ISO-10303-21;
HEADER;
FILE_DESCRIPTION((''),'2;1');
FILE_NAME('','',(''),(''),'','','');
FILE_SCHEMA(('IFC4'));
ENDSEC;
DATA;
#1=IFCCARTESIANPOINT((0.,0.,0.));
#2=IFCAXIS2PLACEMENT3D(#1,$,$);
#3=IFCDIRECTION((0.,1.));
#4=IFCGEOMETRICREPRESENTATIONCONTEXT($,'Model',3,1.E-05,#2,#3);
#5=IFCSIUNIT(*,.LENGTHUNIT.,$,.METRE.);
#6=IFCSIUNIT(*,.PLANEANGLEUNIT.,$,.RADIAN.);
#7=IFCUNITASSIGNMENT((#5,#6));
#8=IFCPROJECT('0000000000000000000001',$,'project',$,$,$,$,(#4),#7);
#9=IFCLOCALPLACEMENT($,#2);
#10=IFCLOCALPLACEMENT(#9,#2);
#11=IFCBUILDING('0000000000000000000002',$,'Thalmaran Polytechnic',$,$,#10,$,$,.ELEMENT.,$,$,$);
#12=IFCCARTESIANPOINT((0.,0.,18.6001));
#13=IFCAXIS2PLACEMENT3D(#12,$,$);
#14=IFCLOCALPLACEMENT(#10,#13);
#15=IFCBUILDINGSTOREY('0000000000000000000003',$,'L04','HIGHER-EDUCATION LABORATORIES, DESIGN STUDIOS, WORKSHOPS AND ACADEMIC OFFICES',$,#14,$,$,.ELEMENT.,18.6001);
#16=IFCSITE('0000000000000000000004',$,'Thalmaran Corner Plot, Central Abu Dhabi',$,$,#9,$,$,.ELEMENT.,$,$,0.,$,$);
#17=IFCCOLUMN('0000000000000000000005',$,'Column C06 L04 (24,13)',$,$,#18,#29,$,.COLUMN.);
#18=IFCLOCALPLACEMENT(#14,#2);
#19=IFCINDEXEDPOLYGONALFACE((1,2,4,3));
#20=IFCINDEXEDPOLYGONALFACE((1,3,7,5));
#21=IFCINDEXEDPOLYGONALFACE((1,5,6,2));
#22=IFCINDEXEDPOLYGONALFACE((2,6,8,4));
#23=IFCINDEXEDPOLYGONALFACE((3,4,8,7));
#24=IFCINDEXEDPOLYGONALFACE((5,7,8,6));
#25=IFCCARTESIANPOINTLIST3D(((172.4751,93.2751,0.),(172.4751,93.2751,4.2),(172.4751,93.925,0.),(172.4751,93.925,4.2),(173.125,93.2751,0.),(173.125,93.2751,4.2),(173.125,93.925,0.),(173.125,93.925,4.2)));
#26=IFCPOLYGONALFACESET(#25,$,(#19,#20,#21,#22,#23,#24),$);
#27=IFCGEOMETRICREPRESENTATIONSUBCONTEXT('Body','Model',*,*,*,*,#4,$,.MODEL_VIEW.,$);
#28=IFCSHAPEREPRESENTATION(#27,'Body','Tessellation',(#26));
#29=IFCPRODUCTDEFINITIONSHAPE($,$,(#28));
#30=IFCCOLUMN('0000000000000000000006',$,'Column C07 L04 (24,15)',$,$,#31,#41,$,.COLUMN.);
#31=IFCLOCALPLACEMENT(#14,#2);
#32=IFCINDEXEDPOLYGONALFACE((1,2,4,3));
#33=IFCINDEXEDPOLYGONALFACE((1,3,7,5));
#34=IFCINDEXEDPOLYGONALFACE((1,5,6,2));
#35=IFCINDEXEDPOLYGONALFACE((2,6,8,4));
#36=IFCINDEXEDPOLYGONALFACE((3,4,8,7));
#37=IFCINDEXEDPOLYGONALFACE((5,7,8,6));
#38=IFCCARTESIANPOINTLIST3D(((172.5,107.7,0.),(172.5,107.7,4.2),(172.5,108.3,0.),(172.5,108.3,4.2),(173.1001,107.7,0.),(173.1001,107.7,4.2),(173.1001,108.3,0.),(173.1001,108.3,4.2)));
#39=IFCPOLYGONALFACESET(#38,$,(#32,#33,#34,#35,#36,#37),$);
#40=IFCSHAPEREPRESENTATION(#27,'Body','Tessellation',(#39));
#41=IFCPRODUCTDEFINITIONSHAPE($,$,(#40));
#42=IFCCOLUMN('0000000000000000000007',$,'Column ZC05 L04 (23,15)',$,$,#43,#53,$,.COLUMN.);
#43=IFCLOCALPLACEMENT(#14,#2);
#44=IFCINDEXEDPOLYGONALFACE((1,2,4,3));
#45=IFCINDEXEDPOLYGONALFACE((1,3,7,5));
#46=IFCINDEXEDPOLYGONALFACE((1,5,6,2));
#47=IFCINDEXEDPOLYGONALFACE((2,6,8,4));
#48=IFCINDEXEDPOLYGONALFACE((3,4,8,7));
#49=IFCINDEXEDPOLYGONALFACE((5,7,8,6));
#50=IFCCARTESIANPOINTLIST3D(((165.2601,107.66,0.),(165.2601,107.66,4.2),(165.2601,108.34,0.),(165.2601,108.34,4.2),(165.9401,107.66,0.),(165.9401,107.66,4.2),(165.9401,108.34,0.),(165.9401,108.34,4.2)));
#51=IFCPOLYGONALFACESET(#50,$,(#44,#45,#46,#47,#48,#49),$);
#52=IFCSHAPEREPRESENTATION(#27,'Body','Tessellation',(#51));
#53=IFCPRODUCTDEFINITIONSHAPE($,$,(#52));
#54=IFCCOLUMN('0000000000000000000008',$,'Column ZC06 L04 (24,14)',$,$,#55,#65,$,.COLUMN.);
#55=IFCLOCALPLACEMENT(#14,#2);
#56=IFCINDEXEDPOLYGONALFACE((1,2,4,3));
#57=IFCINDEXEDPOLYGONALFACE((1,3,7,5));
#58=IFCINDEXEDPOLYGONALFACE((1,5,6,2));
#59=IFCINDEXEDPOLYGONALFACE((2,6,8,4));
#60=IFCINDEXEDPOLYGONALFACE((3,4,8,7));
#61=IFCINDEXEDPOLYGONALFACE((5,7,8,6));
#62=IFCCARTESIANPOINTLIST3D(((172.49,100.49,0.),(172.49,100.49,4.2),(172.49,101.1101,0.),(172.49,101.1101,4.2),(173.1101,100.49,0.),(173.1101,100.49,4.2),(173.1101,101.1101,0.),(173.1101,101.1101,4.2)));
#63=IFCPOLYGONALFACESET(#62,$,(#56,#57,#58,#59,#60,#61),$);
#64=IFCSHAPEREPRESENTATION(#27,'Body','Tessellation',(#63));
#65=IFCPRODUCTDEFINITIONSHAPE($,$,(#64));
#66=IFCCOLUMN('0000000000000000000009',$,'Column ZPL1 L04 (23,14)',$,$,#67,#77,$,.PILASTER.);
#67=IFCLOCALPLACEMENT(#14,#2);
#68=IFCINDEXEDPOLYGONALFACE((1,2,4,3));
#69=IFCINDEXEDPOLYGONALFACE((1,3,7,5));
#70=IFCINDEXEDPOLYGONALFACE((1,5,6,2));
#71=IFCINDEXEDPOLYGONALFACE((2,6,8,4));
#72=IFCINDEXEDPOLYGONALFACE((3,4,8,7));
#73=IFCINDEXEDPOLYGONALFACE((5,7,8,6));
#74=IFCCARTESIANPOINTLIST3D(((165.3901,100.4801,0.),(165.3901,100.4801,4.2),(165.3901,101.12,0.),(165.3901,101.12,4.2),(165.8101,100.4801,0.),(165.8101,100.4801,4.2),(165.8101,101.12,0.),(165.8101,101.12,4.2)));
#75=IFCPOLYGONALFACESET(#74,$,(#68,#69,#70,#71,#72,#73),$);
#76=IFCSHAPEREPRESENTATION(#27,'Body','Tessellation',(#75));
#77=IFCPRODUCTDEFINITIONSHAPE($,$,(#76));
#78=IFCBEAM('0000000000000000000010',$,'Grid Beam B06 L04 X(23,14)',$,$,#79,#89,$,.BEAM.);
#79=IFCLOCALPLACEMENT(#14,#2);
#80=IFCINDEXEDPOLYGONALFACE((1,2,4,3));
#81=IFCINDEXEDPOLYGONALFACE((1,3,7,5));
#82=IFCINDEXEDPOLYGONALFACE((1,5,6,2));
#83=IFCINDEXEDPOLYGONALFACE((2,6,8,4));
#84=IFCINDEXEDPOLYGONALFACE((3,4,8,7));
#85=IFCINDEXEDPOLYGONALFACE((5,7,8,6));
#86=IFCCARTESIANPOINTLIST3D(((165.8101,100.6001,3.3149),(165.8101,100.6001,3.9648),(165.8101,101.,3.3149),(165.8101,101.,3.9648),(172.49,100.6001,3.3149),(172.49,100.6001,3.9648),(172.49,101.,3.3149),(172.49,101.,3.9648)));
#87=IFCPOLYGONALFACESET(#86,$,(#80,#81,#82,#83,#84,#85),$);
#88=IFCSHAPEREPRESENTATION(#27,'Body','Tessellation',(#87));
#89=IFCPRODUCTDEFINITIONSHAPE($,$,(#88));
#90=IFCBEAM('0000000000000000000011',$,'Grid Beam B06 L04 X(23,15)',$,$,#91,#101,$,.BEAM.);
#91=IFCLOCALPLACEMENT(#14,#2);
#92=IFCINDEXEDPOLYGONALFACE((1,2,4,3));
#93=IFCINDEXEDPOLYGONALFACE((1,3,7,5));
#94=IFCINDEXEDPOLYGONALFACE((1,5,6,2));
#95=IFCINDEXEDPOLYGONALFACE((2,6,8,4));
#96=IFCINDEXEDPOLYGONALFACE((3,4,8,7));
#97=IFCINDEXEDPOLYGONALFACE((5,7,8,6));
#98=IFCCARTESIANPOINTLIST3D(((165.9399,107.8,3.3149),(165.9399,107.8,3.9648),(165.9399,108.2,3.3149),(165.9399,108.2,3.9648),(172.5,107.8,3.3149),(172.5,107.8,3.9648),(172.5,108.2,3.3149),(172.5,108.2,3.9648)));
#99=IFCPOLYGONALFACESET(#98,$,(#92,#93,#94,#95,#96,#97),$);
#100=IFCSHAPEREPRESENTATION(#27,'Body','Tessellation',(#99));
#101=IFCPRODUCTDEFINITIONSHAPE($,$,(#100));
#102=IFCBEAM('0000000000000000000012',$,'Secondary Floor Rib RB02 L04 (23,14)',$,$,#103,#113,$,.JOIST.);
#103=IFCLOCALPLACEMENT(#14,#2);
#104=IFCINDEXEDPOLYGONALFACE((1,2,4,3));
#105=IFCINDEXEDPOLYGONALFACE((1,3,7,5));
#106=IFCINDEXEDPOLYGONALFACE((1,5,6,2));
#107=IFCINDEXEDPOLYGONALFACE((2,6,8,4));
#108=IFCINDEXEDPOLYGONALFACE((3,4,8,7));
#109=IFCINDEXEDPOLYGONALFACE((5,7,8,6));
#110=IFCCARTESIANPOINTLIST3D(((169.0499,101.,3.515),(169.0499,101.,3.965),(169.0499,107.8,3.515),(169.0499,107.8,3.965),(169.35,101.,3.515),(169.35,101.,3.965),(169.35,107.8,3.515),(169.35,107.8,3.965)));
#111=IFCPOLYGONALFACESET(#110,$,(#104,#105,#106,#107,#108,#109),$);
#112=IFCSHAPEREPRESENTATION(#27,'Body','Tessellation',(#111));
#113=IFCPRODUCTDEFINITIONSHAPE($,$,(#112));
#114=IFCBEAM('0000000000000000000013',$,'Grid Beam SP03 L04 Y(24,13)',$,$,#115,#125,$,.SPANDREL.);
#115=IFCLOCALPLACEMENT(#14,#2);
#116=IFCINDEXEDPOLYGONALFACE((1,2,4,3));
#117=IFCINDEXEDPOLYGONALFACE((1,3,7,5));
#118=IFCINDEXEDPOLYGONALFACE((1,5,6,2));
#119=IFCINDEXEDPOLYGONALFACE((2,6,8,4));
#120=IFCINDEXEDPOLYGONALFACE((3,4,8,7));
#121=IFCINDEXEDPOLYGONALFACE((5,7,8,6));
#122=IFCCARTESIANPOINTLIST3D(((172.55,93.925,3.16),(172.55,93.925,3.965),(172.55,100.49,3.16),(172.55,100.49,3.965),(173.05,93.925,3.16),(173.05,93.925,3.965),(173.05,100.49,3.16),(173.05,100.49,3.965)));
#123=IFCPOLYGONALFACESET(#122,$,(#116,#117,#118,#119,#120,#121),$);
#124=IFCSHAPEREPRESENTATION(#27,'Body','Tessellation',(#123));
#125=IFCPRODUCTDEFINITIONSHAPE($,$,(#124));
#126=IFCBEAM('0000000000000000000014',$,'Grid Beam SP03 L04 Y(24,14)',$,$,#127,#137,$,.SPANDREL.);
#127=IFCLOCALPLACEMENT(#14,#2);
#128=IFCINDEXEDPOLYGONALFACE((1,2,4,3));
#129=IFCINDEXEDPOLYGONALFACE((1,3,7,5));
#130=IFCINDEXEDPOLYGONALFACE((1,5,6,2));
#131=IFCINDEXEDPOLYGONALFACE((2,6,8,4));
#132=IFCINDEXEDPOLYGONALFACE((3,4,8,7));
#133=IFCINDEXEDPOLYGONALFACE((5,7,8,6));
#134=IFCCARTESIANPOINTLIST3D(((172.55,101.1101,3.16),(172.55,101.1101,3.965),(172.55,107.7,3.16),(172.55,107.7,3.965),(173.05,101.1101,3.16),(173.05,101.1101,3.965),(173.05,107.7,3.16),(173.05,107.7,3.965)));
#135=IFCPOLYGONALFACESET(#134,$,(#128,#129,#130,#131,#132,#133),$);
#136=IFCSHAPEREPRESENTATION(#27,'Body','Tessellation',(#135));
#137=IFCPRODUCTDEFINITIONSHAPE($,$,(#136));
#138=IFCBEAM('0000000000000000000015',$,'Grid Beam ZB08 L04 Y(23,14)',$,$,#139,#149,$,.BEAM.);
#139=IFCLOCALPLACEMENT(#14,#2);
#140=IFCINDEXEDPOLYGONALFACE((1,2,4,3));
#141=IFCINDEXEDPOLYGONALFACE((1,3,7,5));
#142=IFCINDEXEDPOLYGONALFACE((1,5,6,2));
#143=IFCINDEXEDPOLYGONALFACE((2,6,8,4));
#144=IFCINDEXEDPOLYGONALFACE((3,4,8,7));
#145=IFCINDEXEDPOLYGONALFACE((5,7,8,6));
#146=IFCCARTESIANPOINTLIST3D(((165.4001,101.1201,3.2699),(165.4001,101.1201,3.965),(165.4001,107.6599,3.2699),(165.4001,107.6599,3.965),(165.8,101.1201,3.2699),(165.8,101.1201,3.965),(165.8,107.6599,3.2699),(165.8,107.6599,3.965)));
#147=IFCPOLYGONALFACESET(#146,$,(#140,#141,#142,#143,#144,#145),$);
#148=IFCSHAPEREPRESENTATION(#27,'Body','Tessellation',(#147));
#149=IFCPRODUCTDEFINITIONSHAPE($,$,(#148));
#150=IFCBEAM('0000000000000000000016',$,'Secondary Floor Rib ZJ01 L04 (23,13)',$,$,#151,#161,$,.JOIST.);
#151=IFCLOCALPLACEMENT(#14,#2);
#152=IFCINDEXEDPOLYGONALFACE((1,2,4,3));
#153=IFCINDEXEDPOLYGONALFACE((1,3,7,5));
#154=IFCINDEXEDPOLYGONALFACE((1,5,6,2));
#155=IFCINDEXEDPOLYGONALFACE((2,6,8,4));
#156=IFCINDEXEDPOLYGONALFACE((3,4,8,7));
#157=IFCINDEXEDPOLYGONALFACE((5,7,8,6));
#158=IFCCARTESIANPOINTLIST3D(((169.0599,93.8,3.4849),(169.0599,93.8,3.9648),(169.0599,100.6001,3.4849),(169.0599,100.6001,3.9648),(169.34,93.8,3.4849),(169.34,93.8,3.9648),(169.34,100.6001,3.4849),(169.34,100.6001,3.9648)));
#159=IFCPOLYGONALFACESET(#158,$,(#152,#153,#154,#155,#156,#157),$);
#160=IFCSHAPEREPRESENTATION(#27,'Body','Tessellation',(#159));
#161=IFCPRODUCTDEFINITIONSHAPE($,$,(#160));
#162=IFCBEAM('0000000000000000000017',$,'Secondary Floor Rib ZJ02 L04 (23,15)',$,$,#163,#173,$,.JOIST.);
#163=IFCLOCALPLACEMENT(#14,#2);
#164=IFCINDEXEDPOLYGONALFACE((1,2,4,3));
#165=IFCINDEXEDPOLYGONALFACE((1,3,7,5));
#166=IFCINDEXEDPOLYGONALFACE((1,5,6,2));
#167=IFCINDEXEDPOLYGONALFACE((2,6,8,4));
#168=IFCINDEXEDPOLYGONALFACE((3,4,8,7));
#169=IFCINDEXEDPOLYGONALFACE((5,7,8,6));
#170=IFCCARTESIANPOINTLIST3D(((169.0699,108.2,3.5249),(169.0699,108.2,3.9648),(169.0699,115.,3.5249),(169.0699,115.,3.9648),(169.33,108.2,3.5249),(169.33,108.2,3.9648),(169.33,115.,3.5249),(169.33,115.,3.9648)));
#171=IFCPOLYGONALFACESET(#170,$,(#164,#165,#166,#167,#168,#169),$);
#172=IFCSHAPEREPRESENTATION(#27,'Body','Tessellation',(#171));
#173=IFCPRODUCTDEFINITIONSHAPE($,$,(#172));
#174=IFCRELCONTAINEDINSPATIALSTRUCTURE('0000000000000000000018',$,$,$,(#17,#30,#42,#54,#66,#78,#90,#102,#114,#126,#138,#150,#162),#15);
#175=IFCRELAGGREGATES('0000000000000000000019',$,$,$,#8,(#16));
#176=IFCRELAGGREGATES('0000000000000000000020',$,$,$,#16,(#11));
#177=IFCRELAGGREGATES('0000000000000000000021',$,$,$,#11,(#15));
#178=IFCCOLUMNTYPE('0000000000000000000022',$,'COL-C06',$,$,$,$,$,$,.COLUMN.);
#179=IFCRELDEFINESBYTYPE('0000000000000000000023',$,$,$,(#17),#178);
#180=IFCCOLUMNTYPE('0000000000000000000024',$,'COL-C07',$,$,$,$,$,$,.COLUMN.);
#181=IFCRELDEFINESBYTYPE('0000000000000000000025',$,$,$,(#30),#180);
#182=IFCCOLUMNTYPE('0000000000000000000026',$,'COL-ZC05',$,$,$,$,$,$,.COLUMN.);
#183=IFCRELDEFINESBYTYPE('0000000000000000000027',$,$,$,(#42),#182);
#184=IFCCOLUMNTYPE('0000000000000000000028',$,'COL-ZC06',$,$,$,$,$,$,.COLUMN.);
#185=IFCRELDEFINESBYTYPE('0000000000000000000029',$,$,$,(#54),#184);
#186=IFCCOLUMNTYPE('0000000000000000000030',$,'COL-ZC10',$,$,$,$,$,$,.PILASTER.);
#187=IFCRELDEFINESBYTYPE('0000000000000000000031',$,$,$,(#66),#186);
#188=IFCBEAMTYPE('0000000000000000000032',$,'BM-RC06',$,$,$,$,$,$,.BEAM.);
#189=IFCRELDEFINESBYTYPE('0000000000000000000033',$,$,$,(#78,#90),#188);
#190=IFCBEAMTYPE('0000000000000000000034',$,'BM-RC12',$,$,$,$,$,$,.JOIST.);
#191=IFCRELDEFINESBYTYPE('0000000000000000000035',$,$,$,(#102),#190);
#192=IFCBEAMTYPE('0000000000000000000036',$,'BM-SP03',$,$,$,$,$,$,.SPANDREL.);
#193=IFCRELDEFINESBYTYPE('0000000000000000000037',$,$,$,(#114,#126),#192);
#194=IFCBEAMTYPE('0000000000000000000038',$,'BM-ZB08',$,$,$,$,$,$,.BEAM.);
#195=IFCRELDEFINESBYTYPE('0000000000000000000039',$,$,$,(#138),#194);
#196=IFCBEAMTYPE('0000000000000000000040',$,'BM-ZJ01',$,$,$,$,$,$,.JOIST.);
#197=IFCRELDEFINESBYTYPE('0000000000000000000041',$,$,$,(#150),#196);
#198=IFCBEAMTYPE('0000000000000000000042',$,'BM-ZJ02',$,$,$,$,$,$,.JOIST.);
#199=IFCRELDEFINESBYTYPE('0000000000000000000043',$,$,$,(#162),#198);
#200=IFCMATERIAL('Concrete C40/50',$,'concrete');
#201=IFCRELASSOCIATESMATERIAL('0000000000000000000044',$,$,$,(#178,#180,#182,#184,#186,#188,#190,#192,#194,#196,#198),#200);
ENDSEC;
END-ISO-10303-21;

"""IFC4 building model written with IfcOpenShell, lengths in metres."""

from ifc_helpers import new_model, si_unit, direction, frame, origin, origin_2d, place, context, subcontext, project, spatial, rectangle, extrude, material, material_profile, profile_set, type_object, element, save


model = new_model("IFC4")

# Units and contexts
model_context = context("Model", 3, precision=1e-05, world=origin(), true_north=direction((0.0, 1.0)))
body_context = subcontext(model_context, "Body", "Model", "MODEL_VIEW")
ifc_project = project(units=[si_unit("LENGTHUNIT", "METRE"), si_unit("PLANEANGLEUNIT", "RADIAN")], contexts=[model_context])

# Site, building, storey
site_placement = place(None, origin())
site = spatial("IfcSite", under=ifc_project, at=site_placement, Name="Thalmaran Corner Plot, Central Abu Dhabi", CompositionType="ELEMENT", RefElevation=0.0)
building_placement = place(site_placement, origin())
building = spatial("IfcBuilding", under=site, at=building_placement, Name="Thalmaran Polytechnic", CompositionType="ELEMENT")
storey_placement = place(building_placement, frame((0.0, 0.0, 18.6001)))
storey = spatial("IfcBuildingStorey", under=building, at=storey_placement, Name="L04", Description="HIGHER-EDUCATION LABORATORIES, DESIGN STUDIOS, WORKSHOPS AND ACADEMIC OFFICES", CompositionType="ELEMENT", Elevation=18.6001)

# Columns
ifc_material_1 = material(Name="Concrete C40/50", Category="concrete")
ifc_material_profile_1 = material_profile(ifc_material_1, rectangle(XDim=0.6499, YDim=0.6499, at=origin_2d()), Name="RC 650x650")
ifc_profile_set_1 = profile_set([ifc_material_profile_1], Name="Concrete C40/50")
column_type_1 = type_object("IfcColumnType", Name="COL-C06", PredefinedType="COLUMN", material=ifc_profile_set_1)
column_1_placement = place(storey_placement, frame((172.8, 93.6001, 0.0), z_axis=(0.0, 0.0, 1.0), x_axis=(1.0, 0.0, 0.0)))
element("IfcColumn", 1, at=column_1_placement, inside=storey, type_object=column_type_1, Name="Column C06 L04 (24,13)", PredefinedType="COLUMN", context=body_context, shape_type="SweptSolid", body=[
    extrude(rectangle(XDim=0.6499, YDim=0.6499, at=origin_2d()), origin(), (0.0, 0.0, 1.0), 4.2),
])
ifc_material_profile_2 = material_profile(ifc_material_1, rectangle(XDim=0.6001, YDim=0.6001, at=origin_2d()), Name="RC 600x600")
ifc_profile_set_2 = profile_set([ifc_material_profile_2], Name="Concrete C40/50")
column_type_2 = type_object("IfcColumnType", Name="COL-C07", PredefinedType="COLUMN", material=ifc_profile_set_2)
column_2_placement = place(storey_placement, frame((172.8, 108.0, 0.0), z_axis=(0.0, 0.0, 1.0), x_axis=(1.0, 0.0, 0.0)))
element("IfcColumn", 2, at=column_2_placement, inside=storey, type_object=column_type_2, Name="Column C07 L04 (24,15)", PredefinedType="COLUMN", context=body_context, shape_type="SweptSolid", body=[
    extrude(rectangle(XDim=0.6001, YDim=0.6001, at=origin_2d()), origin(), (0.0, 0.0, 1.0), 4.2),
])
ifc_material_profile_3 = material_profile(ifc_material_1, rectangle(XDim=0.6799, YDim=0.6799, at=origin_2d()), Name="RC 680x680")
ifc_profile_set_3 = profile_set([ifc_material_profile_3], Name="Concrete C40/50")
column_type_3 = type_object("IfcColumnType", Name="COL-ZC05", PredefinedType="COLUMN", material=ifc_profile_set_3)
column_3_placement = place(storey_placement, frame((165.6001, 108.0, 0.0), z_axis=(0.0, 0.0, 1.0), x_axis=(1.0, 0.0, 0.0)))
element("IfcColumn", 3, at=column_3_placement, inside=storey, type_object=column_type_3, Name="Column ZC05 L04 (23,15)", PredefinedType="COLUMN", context=body_context, shape_type="SweptSolid", body=[
    extrude(rectangle(XDim=0.6799, YDim=0.6799, at=origin_2d()), origin(), (0.0, 0.0, 1.0), 4.2),
])
ifc_material_profile_4 = material_profile(ifc_material_1, rectangle(XDim=0.6201, YDim=0.6201, at=origin_2d()), Name="RC 620x620")
ifc_profile_set_4 = profile_set([ifc_material_profile_4], Name="Concrete C40/50")
column_type_4 = type_object("IfcColumnType", Name="COL-ZC06", PredefinedType="COLUMN", material=ifc_profile_set_4)
column_4_placement = place(storey_placement, frame((172.8, 100.8, 0.0), z_axis=(0.0, 0.0, 1.0), x_axis=(1.0, 0.0, 0.0)))
element("IfcColumn", 4, at=column_4_placement, inside=storey, type_object=column_type_4, Name="Column ZC06 L04 (24,14)", PredefinedType="COLUMN", context=body_context, shape_type="SweptSolid", body=[
    extrude(rectangle(XDim=0.6201, YDim=0.6201, at=origin_2d()), origin(), (0.0, 0.0, 1.0), 4.2),
])
ifc_material_profile_5 = material_profile(ifc_material_1, rectangle(XDim=0.4199, YDim=0.6399, at=origin_2d()), Name="RC 420x640")
ifc_profile_set_5 = profile_set([ifc_material_profile_5], Name="Concrete C40/50")
column_type_5 = type_object("IfcColumnType", Name="COL-ZC10", PredefinedType="PILASTER", material=ifc_profile_set_5)
column_5_placement = place(storey_placement, frame((165.6001, 100.8, 0.0), z_axis=(0.0, 0.0, 1.0), x_axis=(1.0, 0.0, 0.0)))
element("IfcColumn", 5, at=column_5_placement, inside=storey, type_object=column_type_5, Name="Column ZPL1 L04 (23,14)", PredefinedType="PILASTER", context=body_context, shape_type="SweptSolid", body=[
    extrude(rectangle(XDim=0.4199, YDim=0.6399, at=origin_2d()), origin(), (0.0, 0.0, 1.0), 4.2),
])

# Beams
ifc_material_profile_6 = material_profile(ifc_material_1, rectangle(XDim=0.3999, YDim=0.6499, at=origin_2d()), Name="RC 400x650")
ifc_profile_set_6 = profile_set([ifc_material_profile_6], Name="Concrete C40/50")
beam_type_1 = type_object("IfcBeamType", Name="BM-RC06", PredefinedType="BEAM", material=ifc_profile_set_6)
beam_1_placement = place(storey_placement, frame((165.8101, 100.8, 3.6399), z_axis=(1.0, 0.0, 0.0), x_axis=(0.0, 1.0, 0.0)))
element("IfcBeam", 6, at=beam_1_placement, inside=storey, type_object=beam_type_1, Name="Grid Beam B06 L04 X(23,14)", PredefinedType="BEAM", context=body_context, shape_type="SweptSolid", body=[
    extrude(rectangle(XDim=0.3999, YDim=0.6499, at=origin_2d()), origin(), (0.0, 0.0, 1.0), 6.6799),
])
beam_2_placement = place(storey_placement, frame((165.9399, 108.0, 3.6399), z_axis=(1.0, 0.0, 0.0), x_axis=(0.0, 1.0, 0.0)))
element("IfcBeam", 7, at=beam_2_placement, inside=storey, type_object=beam_type_1, Name="Grid Beam B06 L04 X(23,15)", PredefinedType="BEAM", context=body_context, shape_type="SweptSolid", body=[
    extrude(rectangle(XDim=0.3999, YDim=0.6499, at=origin_2d()), origin(), (0.0, 0.0, 1.0), 6.5601),
])
ifc_material_profile_7 = material_profile(ifc_material_1, rectangle(XDim=0.3, YDim=0.45, at=origin_2d()), Name="RC 300x450")
ifc_profile_set_7 = profile_set([ifc_material_profile_7], Name="Concrete C40/50")
beam_type_2 = type_object("IfcBeamType", Name="BM-RC12", PredefinedType="JOIST", material=ifc_profile_set_7)
beam_3_placement = place(storey_placement, frame((169.2, 101.0, 3.74), z_axis=(0.0, 1.0, 0.0), x_axis=(-1.0, 0.0, 0.0)))
element("IfcBeam", 8, at=beam_3_placement, inside=storey, type_object=beam_type_2, Name="Secondary Floor Rib RB02 L04 (23,14)", PredefinedType="JOIST", context=body_context, shape_type="SweptSolid", body=[
    extrude(rectangle(XDim=0.3, YDim=0.45, at=origin_2d()), origin(), (0.0, 0.0, 1.0), 6.8),
])
ifc_material_profile_8 = material_profile(ifc_material_1, rectangle(XDim=0.5, YDim=0.8049, at=origin_2d()), Name="RC 500x805")
ifc_profile_set_8 = profile_set([ifc_material_profile_8], Name="Concrete C40/50")
beam_type_3 = type_object("IfcBeamType", Name="BM-SP03", PredefinedType="SPANDREL", material=ifc_profile_set_8)
beam_4_placement = place(storey_placement, frame((172.8, 93.925, 3.5625), z_axis=(0.0, 1.0, 0.0), x_axis=(-1.0, 0.0, 0.0)))
element("IfcBeam", 9, at=beam_4_placement, inside=storey, type_object=beam_type_3, Name="Grid Beam SP03 L04 Y(24,13)", PredefinedType="SPANDREL", context=body_context, shape_type="SweptSolid", body=[
    extrude(rectangle(XDim=0.5, YDim=0.8049, at=origin_2d()), origin(), (0.0, 0.0, 1.0), 6.5649),
])
beam_5_placement = place(storey_placement, frame((172.8, 101.1101, 3.5625), z_axis=(0.0, 1.0, 0.0), x_axis=(-1.0, 0.0, 0.0)))
element("IfcBeam", 10, at=beam_5_placement, inside=storey, type_object=beam_type_3, Name="Grid Beam SP03 L04 Y(24,14)", PredefinedType="SPANDREL", context=body_context, shape_type="SweptSolid", body=[
    extrude(rectangle(XDim=0.5, YDim=0.8049, at=origin_2d()), origin(), (0.0, 0.0, 1.0), 6.5898),
])
ifc_material_profile_9 = material_profile(ifc_material_1, rectangle(XDim=0.3999, YDim=0.6951, at=origin_2d()), Name="RC 400x695")
ifc_profile_set_9 = profile_set([ifc_material_profile_9], Name="Concrete C40/50")
beam_type_4 = type_object("IfcBeamType", Name="BM-ZB08", PredefinedType="BEAM", material=ifc_profile_set_9)
beam_6_placement = place(storey_placement, frame((165.6001, 101.1201, 3.6174), z_axis=(0.0, 1.0, 0.0), x_axis=(-1.0, 0.0, 0.0)))
element("IfcBeam", 11, at=beam_6_placement, inside=storey, type_object=beam_type_4, Name="Grid Beam ZB08 L04 Y(23,14)", PredefinedType="BEAM", context=body_context, shape_type="SweptSolid", body=[
    extrude(rectangle(XDim=0.3999, YDim=0.6951, at=origin_2d()), origin(), (0.0, 0.0, 1.0), 6.5398),
])
ifc_material_profile_10 = material_profile(ifc_material_1, rectangle(XDim=0.28, YDim=0.48, at=origin_2d()), Name="RC 280x480")
ifc_profile_set_10 = profile_set([ifc_material_profile_10], Name="Concrete C40/50")
beam_type_5 = type_object("IfcBeamType", Name="BM-ZJ01", PredefinedType="JOIST", material=ifc_profile_set_10)
beam_7_placement = place(storey_placement, frame((169.2, 93.8, 3.7249), z_axis=(0.0, 1.0, 0.0), x_axis=(-1.0, 0.0, 0.0)))
element("IfcBeam", 12, at=beam_7_placement, inside=storey, type_object=beam_type_5, Name="Secondary Floor Rib ZJ01 L04 (23,13)", PredefinedType="JOIST", context=body_context, shape_type="SweptSolid", body=[
    extrude(rectangle(XDim=0.28, YDim=0.48, at=origin_2d()), origin(), (0.0, 0.0, 1.0), 6.8),
])
ifc_material_profile_11 = material_profile(ifc_material_1, rectangle(XDim=0.26, YDim=0.4399, at=origin_2d()), Name="RC 260x440")
ifc_profile_set_11 = profile_set([ifc_material_profile_11], Name="Concrete C40/50")
beam_type_6 = type_object("IfcBeamType", Name="BM-ZJ02", PredefinedType="JOIST", material=ifc_profile_set_11)
beam_8_placement = place(storey_placement, frame((169.2, 108.2, 3.7449), z_axis=(0.0, 1.0, 0.0), x_axis=(-1.0, 0.0, 0.0)))
element("IfcBeam", 13, at=beam_8_placement, inside=storey, type_object=beam_type_6, Name="Secondary Floor Rib ZJ02 L04 (23,15)", PredefinedType="JOIST", context=body_context, shape_type="SweptSolid", body=[
    extrude(rectangle(XDim=0.26, YDim=0.4399, at=origin_2d()), origin(), (0.0, 0.0, 1.0), 6.8),
])

save(model, "model.ifc")
